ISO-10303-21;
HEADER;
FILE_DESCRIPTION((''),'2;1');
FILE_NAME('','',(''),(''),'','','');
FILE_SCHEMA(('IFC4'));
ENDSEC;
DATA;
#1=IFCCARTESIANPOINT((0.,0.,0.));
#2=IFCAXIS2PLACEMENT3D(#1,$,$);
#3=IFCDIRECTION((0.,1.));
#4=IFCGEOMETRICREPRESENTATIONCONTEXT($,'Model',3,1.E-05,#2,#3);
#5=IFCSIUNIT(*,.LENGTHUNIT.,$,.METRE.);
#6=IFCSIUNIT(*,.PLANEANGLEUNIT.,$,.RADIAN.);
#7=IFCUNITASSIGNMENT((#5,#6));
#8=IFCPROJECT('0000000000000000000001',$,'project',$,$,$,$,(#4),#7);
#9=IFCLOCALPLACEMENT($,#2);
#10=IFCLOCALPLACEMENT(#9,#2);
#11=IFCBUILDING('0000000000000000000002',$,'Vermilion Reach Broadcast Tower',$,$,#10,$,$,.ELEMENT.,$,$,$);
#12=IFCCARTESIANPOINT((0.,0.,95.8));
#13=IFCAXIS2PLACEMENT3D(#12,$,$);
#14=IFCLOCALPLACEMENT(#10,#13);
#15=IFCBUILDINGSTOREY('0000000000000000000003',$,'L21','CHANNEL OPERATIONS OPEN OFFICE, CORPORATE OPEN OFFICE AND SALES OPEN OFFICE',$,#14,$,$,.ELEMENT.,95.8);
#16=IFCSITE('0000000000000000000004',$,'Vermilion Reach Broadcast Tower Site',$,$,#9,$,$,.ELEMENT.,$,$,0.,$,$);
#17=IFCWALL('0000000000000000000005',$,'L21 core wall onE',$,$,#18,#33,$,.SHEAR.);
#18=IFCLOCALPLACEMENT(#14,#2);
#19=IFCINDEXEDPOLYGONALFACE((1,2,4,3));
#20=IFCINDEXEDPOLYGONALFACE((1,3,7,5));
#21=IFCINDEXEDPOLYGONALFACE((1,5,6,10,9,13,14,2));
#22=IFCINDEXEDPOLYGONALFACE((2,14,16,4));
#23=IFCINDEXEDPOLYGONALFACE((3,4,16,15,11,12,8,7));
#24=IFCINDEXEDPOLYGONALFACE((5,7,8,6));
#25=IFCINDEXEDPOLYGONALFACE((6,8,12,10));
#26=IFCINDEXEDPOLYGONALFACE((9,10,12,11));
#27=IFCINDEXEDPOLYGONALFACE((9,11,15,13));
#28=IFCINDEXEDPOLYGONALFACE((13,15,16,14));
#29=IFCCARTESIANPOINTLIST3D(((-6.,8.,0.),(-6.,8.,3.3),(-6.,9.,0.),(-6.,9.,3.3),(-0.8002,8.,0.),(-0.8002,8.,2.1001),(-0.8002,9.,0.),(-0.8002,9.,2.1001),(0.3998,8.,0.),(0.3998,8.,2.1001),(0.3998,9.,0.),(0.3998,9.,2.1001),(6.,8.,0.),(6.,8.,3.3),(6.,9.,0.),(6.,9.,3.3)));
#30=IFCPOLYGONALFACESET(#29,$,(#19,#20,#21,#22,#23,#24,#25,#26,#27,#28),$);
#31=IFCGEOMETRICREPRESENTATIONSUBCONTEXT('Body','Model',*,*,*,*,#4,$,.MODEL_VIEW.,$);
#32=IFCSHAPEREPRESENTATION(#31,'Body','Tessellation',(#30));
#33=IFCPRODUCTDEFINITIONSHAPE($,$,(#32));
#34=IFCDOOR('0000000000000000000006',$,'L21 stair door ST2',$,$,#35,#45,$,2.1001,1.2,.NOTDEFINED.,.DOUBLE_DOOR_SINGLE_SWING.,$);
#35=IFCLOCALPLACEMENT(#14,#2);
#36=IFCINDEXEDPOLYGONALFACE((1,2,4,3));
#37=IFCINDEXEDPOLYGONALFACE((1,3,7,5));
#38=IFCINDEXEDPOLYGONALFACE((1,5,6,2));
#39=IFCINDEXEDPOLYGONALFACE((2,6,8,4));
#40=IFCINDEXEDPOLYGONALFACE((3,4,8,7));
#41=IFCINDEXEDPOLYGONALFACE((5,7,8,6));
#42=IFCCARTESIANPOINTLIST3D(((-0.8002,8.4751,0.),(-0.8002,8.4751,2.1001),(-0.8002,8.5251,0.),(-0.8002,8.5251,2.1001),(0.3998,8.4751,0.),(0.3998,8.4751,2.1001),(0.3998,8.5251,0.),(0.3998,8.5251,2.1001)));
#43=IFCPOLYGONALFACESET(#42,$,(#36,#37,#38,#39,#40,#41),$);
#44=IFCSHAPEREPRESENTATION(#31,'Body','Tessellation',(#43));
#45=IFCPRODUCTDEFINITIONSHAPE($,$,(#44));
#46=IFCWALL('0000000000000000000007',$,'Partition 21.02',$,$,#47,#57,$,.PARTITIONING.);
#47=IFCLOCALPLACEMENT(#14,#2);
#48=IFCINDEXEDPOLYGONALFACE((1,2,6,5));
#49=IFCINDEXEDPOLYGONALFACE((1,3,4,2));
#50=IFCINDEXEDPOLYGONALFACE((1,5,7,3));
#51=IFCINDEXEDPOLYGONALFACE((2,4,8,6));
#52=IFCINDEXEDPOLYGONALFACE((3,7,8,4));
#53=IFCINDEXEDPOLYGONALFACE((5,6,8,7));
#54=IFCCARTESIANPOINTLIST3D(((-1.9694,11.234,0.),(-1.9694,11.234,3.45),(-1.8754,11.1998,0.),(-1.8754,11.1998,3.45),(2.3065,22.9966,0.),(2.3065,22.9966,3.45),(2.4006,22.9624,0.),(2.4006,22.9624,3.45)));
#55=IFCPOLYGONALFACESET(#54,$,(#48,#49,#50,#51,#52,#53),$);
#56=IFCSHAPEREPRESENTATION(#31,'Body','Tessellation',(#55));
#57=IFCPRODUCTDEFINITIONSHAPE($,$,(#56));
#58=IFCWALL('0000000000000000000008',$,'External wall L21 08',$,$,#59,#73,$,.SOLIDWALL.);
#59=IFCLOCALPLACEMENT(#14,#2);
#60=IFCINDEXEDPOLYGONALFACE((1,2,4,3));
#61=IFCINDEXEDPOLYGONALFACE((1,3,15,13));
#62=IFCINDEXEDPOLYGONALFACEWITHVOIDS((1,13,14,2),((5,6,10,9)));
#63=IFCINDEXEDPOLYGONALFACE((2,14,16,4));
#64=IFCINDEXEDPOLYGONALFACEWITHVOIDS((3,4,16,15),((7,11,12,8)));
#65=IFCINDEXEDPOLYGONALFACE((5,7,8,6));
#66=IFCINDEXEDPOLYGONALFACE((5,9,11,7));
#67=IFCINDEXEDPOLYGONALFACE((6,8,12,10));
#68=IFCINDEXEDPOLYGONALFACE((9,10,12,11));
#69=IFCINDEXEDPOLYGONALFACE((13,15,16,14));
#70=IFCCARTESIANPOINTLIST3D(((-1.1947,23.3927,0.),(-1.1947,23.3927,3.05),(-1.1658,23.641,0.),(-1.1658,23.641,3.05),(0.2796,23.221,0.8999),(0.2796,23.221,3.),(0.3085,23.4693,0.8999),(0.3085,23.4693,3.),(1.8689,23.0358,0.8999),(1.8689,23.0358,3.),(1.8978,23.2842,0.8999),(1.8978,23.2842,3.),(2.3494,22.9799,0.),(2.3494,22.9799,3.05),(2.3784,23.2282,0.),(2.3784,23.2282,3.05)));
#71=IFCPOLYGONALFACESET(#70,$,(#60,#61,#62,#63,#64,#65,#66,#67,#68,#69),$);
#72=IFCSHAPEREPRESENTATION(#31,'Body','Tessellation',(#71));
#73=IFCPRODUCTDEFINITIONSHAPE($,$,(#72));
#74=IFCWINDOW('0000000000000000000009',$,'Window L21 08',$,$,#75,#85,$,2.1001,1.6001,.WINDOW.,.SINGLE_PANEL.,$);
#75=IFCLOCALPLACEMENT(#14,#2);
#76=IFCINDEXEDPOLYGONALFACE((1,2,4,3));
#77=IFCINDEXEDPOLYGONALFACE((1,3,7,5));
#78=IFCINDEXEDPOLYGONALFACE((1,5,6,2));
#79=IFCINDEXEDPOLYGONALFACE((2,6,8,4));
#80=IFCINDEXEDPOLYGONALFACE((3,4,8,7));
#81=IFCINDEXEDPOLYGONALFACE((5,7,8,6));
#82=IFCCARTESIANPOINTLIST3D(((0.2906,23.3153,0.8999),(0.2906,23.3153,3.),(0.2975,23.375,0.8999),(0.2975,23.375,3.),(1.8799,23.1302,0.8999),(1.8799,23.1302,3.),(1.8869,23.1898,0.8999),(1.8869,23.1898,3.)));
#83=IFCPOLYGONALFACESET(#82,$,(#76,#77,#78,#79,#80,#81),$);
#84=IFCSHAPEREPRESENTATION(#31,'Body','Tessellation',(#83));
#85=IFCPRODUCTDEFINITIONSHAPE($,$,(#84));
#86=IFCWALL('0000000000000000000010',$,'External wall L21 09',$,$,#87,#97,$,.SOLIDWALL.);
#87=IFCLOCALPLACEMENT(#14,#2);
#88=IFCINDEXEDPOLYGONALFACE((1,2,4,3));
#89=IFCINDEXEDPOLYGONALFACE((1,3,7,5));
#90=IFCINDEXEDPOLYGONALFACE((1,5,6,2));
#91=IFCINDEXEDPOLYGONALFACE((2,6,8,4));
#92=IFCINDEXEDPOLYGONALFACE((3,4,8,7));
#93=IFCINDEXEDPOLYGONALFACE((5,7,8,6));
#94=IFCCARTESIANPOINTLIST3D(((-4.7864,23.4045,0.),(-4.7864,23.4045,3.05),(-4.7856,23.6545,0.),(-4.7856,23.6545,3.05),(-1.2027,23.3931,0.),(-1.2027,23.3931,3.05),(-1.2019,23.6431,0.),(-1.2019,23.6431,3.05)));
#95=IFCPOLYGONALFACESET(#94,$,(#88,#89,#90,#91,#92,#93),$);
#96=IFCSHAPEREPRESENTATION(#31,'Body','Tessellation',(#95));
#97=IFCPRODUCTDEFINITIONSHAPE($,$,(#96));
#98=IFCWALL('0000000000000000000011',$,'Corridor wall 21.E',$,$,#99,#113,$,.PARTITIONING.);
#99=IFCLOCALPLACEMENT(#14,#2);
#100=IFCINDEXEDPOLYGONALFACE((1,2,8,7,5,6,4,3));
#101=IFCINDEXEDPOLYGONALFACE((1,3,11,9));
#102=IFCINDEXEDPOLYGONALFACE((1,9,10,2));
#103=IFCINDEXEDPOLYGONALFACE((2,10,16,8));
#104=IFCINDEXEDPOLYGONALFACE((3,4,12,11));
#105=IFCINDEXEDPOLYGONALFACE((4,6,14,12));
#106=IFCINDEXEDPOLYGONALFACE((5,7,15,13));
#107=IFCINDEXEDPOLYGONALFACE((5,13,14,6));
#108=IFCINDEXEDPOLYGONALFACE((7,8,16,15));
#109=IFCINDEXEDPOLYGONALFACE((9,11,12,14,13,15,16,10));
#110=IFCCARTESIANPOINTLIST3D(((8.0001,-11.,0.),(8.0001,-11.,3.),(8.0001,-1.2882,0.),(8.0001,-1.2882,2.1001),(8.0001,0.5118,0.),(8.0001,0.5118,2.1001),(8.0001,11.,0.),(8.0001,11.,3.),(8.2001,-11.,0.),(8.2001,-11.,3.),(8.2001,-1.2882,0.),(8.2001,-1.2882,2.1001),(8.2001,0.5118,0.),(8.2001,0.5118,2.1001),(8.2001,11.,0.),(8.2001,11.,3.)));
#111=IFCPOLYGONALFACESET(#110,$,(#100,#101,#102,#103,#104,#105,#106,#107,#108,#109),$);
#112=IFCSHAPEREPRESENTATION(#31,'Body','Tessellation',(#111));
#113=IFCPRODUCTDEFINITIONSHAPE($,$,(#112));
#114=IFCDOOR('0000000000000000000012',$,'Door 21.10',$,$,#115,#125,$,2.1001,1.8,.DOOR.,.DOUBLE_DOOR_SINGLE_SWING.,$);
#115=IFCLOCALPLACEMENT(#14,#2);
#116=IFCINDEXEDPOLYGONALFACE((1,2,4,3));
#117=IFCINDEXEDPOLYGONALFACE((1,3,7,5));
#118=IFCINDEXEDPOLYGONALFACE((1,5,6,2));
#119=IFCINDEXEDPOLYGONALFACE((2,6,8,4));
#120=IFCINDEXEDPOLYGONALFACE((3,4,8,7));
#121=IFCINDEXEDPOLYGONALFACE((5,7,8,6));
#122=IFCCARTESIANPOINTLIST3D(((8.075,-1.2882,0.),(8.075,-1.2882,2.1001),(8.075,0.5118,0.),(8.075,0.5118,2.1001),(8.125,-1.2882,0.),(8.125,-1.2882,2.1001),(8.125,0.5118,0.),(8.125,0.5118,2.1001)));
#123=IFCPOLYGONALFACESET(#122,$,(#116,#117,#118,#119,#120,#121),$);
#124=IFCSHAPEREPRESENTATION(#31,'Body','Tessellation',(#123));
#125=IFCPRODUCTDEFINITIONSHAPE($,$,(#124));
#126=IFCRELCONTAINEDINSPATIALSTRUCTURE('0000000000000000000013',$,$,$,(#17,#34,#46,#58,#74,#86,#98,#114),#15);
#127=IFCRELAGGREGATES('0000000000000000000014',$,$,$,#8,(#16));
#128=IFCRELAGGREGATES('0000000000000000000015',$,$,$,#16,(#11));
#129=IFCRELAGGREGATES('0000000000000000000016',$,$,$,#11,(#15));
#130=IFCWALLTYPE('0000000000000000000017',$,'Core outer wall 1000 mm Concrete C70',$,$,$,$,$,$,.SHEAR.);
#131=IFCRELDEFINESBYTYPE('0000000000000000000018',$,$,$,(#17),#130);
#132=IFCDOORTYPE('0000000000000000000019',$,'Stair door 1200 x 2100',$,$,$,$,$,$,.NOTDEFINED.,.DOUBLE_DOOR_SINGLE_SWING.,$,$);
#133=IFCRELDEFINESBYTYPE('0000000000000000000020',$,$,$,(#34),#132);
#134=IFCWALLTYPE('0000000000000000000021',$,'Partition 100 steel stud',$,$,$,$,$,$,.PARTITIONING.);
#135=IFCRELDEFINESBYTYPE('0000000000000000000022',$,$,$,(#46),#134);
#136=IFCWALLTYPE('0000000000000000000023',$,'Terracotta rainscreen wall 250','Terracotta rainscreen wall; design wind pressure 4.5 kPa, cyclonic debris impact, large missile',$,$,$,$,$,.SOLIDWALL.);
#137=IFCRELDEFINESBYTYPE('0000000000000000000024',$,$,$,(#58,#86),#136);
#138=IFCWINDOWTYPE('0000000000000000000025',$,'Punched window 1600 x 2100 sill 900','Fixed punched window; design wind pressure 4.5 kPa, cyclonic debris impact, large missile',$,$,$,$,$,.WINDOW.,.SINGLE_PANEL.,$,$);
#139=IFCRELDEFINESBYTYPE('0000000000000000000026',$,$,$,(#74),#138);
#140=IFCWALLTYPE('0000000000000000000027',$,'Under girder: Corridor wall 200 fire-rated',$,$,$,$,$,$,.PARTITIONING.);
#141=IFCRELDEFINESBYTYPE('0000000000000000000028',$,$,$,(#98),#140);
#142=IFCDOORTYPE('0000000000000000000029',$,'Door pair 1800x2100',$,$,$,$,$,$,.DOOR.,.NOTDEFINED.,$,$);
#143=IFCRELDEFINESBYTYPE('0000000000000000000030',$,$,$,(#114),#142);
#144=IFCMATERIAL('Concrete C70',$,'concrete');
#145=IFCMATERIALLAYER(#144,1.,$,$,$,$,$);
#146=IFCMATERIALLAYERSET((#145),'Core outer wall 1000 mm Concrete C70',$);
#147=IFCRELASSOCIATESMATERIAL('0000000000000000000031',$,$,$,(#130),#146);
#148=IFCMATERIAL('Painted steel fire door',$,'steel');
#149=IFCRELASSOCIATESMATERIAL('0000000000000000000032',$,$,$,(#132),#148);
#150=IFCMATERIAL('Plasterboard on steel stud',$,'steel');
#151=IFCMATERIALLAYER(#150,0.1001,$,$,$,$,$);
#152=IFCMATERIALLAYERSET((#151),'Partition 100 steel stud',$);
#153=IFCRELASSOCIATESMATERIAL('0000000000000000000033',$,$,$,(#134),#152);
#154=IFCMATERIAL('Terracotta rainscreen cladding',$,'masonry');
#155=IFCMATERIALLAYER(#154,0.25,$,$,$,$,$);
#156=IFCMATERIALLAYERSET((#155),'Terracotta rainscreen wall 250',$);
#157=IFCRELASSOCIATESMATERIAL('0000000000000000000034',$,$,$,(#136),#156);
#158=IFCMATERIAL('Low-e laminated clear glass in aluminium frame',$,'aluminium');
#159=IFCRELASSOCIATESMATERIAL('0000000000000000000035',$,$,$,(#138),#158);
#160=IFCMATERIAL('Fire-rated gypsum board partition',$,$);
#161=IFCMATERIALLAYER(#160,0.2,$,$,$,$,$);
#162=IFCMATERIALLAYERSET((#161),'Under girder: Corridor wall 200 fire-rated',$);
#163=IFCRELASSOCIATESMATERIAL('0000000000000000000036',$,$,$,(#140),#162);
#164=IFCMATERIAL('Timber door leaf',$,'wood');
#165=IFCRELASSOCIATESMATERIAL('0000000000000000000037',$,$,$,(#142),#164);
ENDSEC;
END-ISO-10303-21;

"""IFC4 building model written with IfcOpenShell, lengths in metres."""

from ifc_helpers import new_model, si_unit, direction, frame, frame_2d, origin, place, context, subcontext, project, spatial, rectangle, extrude, material, layer, layer_set, type_object, element, fill, save


model = new_model("IFC4")

# Units and contexts
model_context = context("Model", 3, precision=1e-05, world=origin(), true_north=direction((0.0, 1.0)))
body_context = subcontext(model_context, "Body", "Model", "MODEL_VIEW")
ifc_project = project(units=[si_unit("LENGTHUNIT", "METRE"), si_unit("PLANEANGLEUNIT", "RADIAN")], contexts=[model_context])

# Site, building, storey
site_placement = place(None, origin())
site = spatial("IfcSite", under=ifc_project, at=site_placement, Name="Vermilion Reach Broadcast Tower Site", CompositionType="ELEMENT", RefElevation=0.0)
building_placement = place(site_placement, origin())
building = spatial("IfcBuilding", under=site, at=building_placement, Name="Vermilion Reach Broadcast Tower", CompositionType="ELEMENT")
storey_placement = place(building_placement, frame((0.0, 0.0, 95.8)))
storey = spatial("IfcBuildingStorey", under=building, at=storey_placement, Name="L21", Description="CHANNEL OPERATIONS OPEN OFFICE, CORPORATE OPEN OFFICE AND SALES OPEN OFFICE", CompositionType="ELEMENT", Elevation=95.8)

# Wall, opening, door
ifc_material_1 = material(Name="Concrete C70", Category="concrete")
ifc_layer_1 = layer(ifc_material_1, 1.0)
ifc_layer_set_1 = layer_set([ifc_layer_1], Name="Core outer wall 1000 mm Concrete C70")
wall_type_1 = type_object("IfcWallType", Name="Core outer wall 1000 mm Concrete C70", PredefinedType="SHEAR", material=ifc_layer_set_1)
wall_1_placement = place(storey_placement, frame((6.0, 8.5, 0.0), z_axis=(0.0, 0.0, 1.0), x_axis=(-1.0, 0.0, 0.0)))
wall_1 = element("IfcWall", 1, at=wall_1_placement, inside=storey, type_object=wall_type_1, Name="L21 core wall onE", PredefinedType="SHEAR", context=body_context, shape_type="SweptSolid", body=[
    extrude(rectangle(XDim=12.0, YDim=1.0, at=frame_2d((6.0, 0.0))), origin(), (0.0, 0.0, 1.0), 3.3),
])
opening_1_placement = place(wall_1_placement, frame((5.6001, 0.0, 0.0)))
opening_1 = element("IfcOpeningElement", 2, at=opening_1_placement, cuts=wall_1, PredefinedType="OPENING", context=body_context, shape_type="SweptSolid", body=[
    extrude(rectangle(XDim=1.2, YDim=2.1001, at=frame_2d((0.6001, 1.05))), frame((0.0, 0.51, 0.0), z_axis=(0.0, -1.0, 0.0), x_axis=(1.0, 0.0, 0.0)), (0.0, 0.0, 1.0), 1.02),
])
ifc_material_2 = material(Name="Painted steel fire door", Category="steel")
door_type_1 = type_object("IfcDoorType", Name="Stair door 1200 x 2100", OperationType="DOUBLE_DOOR_SINGLE_SWING", PredefinedType="NOTDEFINED", material=ifc_material_2)
door_1_placement = place(opening_1_placement, origin())
door_1 = element("IfcDoor", 3, at=door_1_placement, inside=storey, type_object=door_type_1, Name="L21 stair door ST2", OperationType="DOUBLE_DOOR_SINGLE_SWING", OverallHeight=2.1001, OverallWidth=1.2, PredefinedType="NOTDEFINED", context=body_context, shape_type="SweptSolid", body=[
    extrude(rectangle(XDim=1.2, YDim=2.1001, at=frame_2d((0.6001, 1.05))), frame((0.0, 0.0249, 0.0), z_axis=(0.0, -1.0, 0.0), x_axis=(1.0, 0.0, 0.0)), (0.0, 0.0, 1.0), 0.05),
])
fill(opening_1, door_1)

# Wall
ifc_material_3 = material(Name="Plasterboard on steel stud", Category="steel")
ifc_layer_2 = layer(ifc_material_3, 0.1001)
ifc_layer_set_2 = layer_set([ifc_layer_2], Name="Partition 100 steel stud")
wall_type_2 = type_object("IfcWallType", Name="Partition 100 steel stud", PredefinedType="PARTITIONING", material=ifc_layer_set_2)
wall_2_placement = place(storey_placement, frame((2.3535, 22.9795, 0.0), z_axis=(0.0, 0.0, 1.0), x_axis=(-0.341646, -0.939829, 0.0)))
element("IfcWall", 4, at=wall_2_placement, inside=storey, type_object=wall_type_2, Name="Partition 21.02", PredefinedType="PARTITIONING", context=body_context, shape_type="SweptSolid", body=[
    extrude(rectangle(XDim=12.5156, YDim=0.1001, at=frame_2d((6.2578, 0.0))), origin(), (0.0, 0.0, 1.0), 3.45),
])

# Shared definitions
ifc_material_4 = material(Name="Terracotta rainscreen cladding", Category="masonry")
ifc_layer_3 = layer(ifc_material_4, 0.25)
ifc_layer_set_3 = layer_set([ifc_layer_3], Name="Terracotta rainscreen wall 250")
wall_type_3 = type_object("IfcWallType", Name="Terracotta rainscreen wall 250", Description="Terracotta rainscreen wall; design wind pressure 4.5 kPa, cyclonic debris impact, large missile", PredefinedType="SOLIDWALL", material=ifc_layer_set_3)

# Wall, opening, window
wall_3_placement = place(storey_placement, frame((2.364, 23.104, 0.0), z_axis=(0.0, 0.0, 1.0), x_axis=(-0.993284, 0.115702, 0.0)))
wall_3 = element("IfcWall", 5, at=wall_3_placement, inside=storey, type_object=wall_type_3, Name="External wall L21 08", PredefinedType="SOLIDWALL", context=body_context, shape_type="SweptSolid", body=[
    extrude(rectangle(XDim=3.5681, YDim=0.25, at=frame_2d((1.7842, 0.0))), origin(), (0.0, 0.0, 1.0), 3.05),
])
opening_2_placement = place(wall_3_placement, frame((0.4839, 0.0, 0.8999)))
opening_2 = element("IfcOpeningElement", 6, at=opening_2_placement, cuts=wall_3, PredefinedType="OPENING", context=body_context, shape_type="SweptSolid", body=[
    extrude(rectangle(XDim=1.6001, YDim=2.1001, at=frame_2d((0.8, 1.05))), frame((0.0, 0.135, 0.0), z_axis=(0.0, -1.0, 0.0), x_axis=(1.0, 0.0, 0.0)), (0.0, 0.0, 1.0), 0.27),
])
ifc_material_5 = material(Name="Low-e laminated clear glass in aluminium frame", Category="aluminium")
window_type = type_object("IfcWindowType", Name="Punched window 1600 x 2100 sill 900", Description="Fixed punched window; design wind pressure 4.5 kPa, cyclonic debris impact, large missile", PartitioningType="SINGLE_PANEL", PredefinedType="WINDOW", material=ifc_material_5)
window_placement = place(opening_2_placement, origin())
window = element("IfcWindow", 7, at=window_placement, inside=storey, type_object=window_type, Name="Window L21 08", OverallHeight=2.1001, OverallWidth=1.6001, PartitioningType="SINGLE_PANEL", PredefinedType="WINDOW", context=body_context, shape_type="SweptSolid", body=[
    extrude(rectangle(XDim=1.6001, YDim=2.1001, at=frame_2d((0.8, 1.05))), frame((0.0, 0.03, 0.0), z_axis=(0.0, -1.0, 0.0), x_axis=(1.0, 0.0, 0.0)), (0.0, 0.0, 1.0), 0.0601),
])
fill(opening_2, window)

# Wall
wall_4_placement = place(storey_placement, frame((-1.2021, 23.5181, 0.0), z_axis=(0.0, 0.0, 1.0), x_axis=(-0.999995, 0.003202, 0.0)))
element("IfcWall", 8, at=wall_4_placement, inside=storey, type_object=wall_type_3, Name="External wall L21 09", PredefinedType="SOLIDWALL", context=body_context, shape_type="SweptSolid", body=[
    extrude(rectangle(XDim=3.5837, YDim=0.25, at=frame_2d((1.792, 0.0))), origin(), (0.0, 0.0, 1.0), 3.05),
])

# Wall, opening, door
ifc_material_6 = material(Name="Fire-rated gypsum board partition")
ifc_layer_4 = layer(ifc_material_6, 0.2)
ifc_layer_set_4 = layer_set([ifc_layer_4], Name="Under girder: Corridor wall 200 fire-rated")
wall_type_4 = type_object("IfcWallType", Name="Under girder: Corridor wall 200 fire-rated", PredefinedType="PARTITIONING", material=ifc_layer_set_4)
wall_5_placement = place(storey_placement, frame((8.1001, 11.0, 0.0), z_axis=(0.0, 0.0, 1.0), x_axis=(0.0, -1.0, 0.0)))
wall_5 = element("IfcWall", 9, at=wall_5_placement, inside=storey, type_object=wall_type_4, Name="Corridor wall 21.E", PredefinedType="PARTITIONING", context=body_context, shape_type="SweptSolid", body=[
    extrude(rectangle(XDim=22.0, YDim=0.2, at=frame_2d((11.0, 0.0))), origin(), (0.0, 0.0, 1.0), 3.0),
])
opening_3_placement = place(wall_5_placement, frame((10.4883, 0.0, 0.0)))
opening_3 = element("IfcOpeningElement", 10, at=opening_3_placement, cuts=wall_5, PredefinedType="OPENING", context=body_context, shape_type="SweptSolid", body=[
    extrude(rectangle(XDim=1.8, YDim=2.1001, at=frame_2d((0.8999, 1.05))), frame((0.0, 0.1099, 0.0), z_axis=(0.0, -1.0, 0.0), x_axis=(1.0, 0.0, 0.0)), (0.0, 0.0, 1.0), 0.22),
])
ifc_material_7 = material(Name="Timber door leaf", Category="wood")
door_type_2 = type_object("IfcDoorType", Name="Door pair 1800x2100", OperationType="NOTDEFINED", PredefinedType="DOOR", material=ifc_material_7)
door_2_placement = place(opening_3_placement, origin())
door_2 = element("IfcDoor", 11, at=door_2_placement, inside=storey, type_object=door_type_2, Name="Door 21.10", OperationType="DOUBLE_DOOR_SINGLE_SWING", OverallHeight=2.1001, OverallWidth=1.8, PredefinedType="DOOR", context=body_context, shape_type="SweptSolid", body=[
    extrude(rectangle(XDim=1.8, YDim=2.1001, at=frame_2d((0.8999, 1.05))), frame((0.0, 0.0249, 0.0), z_axis=(0.0, -1.0, 0.0), x_axis=(1.0, 0.0, 0.0)), (0.0, 0.0, 1.0), 0.05),
])
fill(opening_3, door_2)

save(model, "model.ifc")
